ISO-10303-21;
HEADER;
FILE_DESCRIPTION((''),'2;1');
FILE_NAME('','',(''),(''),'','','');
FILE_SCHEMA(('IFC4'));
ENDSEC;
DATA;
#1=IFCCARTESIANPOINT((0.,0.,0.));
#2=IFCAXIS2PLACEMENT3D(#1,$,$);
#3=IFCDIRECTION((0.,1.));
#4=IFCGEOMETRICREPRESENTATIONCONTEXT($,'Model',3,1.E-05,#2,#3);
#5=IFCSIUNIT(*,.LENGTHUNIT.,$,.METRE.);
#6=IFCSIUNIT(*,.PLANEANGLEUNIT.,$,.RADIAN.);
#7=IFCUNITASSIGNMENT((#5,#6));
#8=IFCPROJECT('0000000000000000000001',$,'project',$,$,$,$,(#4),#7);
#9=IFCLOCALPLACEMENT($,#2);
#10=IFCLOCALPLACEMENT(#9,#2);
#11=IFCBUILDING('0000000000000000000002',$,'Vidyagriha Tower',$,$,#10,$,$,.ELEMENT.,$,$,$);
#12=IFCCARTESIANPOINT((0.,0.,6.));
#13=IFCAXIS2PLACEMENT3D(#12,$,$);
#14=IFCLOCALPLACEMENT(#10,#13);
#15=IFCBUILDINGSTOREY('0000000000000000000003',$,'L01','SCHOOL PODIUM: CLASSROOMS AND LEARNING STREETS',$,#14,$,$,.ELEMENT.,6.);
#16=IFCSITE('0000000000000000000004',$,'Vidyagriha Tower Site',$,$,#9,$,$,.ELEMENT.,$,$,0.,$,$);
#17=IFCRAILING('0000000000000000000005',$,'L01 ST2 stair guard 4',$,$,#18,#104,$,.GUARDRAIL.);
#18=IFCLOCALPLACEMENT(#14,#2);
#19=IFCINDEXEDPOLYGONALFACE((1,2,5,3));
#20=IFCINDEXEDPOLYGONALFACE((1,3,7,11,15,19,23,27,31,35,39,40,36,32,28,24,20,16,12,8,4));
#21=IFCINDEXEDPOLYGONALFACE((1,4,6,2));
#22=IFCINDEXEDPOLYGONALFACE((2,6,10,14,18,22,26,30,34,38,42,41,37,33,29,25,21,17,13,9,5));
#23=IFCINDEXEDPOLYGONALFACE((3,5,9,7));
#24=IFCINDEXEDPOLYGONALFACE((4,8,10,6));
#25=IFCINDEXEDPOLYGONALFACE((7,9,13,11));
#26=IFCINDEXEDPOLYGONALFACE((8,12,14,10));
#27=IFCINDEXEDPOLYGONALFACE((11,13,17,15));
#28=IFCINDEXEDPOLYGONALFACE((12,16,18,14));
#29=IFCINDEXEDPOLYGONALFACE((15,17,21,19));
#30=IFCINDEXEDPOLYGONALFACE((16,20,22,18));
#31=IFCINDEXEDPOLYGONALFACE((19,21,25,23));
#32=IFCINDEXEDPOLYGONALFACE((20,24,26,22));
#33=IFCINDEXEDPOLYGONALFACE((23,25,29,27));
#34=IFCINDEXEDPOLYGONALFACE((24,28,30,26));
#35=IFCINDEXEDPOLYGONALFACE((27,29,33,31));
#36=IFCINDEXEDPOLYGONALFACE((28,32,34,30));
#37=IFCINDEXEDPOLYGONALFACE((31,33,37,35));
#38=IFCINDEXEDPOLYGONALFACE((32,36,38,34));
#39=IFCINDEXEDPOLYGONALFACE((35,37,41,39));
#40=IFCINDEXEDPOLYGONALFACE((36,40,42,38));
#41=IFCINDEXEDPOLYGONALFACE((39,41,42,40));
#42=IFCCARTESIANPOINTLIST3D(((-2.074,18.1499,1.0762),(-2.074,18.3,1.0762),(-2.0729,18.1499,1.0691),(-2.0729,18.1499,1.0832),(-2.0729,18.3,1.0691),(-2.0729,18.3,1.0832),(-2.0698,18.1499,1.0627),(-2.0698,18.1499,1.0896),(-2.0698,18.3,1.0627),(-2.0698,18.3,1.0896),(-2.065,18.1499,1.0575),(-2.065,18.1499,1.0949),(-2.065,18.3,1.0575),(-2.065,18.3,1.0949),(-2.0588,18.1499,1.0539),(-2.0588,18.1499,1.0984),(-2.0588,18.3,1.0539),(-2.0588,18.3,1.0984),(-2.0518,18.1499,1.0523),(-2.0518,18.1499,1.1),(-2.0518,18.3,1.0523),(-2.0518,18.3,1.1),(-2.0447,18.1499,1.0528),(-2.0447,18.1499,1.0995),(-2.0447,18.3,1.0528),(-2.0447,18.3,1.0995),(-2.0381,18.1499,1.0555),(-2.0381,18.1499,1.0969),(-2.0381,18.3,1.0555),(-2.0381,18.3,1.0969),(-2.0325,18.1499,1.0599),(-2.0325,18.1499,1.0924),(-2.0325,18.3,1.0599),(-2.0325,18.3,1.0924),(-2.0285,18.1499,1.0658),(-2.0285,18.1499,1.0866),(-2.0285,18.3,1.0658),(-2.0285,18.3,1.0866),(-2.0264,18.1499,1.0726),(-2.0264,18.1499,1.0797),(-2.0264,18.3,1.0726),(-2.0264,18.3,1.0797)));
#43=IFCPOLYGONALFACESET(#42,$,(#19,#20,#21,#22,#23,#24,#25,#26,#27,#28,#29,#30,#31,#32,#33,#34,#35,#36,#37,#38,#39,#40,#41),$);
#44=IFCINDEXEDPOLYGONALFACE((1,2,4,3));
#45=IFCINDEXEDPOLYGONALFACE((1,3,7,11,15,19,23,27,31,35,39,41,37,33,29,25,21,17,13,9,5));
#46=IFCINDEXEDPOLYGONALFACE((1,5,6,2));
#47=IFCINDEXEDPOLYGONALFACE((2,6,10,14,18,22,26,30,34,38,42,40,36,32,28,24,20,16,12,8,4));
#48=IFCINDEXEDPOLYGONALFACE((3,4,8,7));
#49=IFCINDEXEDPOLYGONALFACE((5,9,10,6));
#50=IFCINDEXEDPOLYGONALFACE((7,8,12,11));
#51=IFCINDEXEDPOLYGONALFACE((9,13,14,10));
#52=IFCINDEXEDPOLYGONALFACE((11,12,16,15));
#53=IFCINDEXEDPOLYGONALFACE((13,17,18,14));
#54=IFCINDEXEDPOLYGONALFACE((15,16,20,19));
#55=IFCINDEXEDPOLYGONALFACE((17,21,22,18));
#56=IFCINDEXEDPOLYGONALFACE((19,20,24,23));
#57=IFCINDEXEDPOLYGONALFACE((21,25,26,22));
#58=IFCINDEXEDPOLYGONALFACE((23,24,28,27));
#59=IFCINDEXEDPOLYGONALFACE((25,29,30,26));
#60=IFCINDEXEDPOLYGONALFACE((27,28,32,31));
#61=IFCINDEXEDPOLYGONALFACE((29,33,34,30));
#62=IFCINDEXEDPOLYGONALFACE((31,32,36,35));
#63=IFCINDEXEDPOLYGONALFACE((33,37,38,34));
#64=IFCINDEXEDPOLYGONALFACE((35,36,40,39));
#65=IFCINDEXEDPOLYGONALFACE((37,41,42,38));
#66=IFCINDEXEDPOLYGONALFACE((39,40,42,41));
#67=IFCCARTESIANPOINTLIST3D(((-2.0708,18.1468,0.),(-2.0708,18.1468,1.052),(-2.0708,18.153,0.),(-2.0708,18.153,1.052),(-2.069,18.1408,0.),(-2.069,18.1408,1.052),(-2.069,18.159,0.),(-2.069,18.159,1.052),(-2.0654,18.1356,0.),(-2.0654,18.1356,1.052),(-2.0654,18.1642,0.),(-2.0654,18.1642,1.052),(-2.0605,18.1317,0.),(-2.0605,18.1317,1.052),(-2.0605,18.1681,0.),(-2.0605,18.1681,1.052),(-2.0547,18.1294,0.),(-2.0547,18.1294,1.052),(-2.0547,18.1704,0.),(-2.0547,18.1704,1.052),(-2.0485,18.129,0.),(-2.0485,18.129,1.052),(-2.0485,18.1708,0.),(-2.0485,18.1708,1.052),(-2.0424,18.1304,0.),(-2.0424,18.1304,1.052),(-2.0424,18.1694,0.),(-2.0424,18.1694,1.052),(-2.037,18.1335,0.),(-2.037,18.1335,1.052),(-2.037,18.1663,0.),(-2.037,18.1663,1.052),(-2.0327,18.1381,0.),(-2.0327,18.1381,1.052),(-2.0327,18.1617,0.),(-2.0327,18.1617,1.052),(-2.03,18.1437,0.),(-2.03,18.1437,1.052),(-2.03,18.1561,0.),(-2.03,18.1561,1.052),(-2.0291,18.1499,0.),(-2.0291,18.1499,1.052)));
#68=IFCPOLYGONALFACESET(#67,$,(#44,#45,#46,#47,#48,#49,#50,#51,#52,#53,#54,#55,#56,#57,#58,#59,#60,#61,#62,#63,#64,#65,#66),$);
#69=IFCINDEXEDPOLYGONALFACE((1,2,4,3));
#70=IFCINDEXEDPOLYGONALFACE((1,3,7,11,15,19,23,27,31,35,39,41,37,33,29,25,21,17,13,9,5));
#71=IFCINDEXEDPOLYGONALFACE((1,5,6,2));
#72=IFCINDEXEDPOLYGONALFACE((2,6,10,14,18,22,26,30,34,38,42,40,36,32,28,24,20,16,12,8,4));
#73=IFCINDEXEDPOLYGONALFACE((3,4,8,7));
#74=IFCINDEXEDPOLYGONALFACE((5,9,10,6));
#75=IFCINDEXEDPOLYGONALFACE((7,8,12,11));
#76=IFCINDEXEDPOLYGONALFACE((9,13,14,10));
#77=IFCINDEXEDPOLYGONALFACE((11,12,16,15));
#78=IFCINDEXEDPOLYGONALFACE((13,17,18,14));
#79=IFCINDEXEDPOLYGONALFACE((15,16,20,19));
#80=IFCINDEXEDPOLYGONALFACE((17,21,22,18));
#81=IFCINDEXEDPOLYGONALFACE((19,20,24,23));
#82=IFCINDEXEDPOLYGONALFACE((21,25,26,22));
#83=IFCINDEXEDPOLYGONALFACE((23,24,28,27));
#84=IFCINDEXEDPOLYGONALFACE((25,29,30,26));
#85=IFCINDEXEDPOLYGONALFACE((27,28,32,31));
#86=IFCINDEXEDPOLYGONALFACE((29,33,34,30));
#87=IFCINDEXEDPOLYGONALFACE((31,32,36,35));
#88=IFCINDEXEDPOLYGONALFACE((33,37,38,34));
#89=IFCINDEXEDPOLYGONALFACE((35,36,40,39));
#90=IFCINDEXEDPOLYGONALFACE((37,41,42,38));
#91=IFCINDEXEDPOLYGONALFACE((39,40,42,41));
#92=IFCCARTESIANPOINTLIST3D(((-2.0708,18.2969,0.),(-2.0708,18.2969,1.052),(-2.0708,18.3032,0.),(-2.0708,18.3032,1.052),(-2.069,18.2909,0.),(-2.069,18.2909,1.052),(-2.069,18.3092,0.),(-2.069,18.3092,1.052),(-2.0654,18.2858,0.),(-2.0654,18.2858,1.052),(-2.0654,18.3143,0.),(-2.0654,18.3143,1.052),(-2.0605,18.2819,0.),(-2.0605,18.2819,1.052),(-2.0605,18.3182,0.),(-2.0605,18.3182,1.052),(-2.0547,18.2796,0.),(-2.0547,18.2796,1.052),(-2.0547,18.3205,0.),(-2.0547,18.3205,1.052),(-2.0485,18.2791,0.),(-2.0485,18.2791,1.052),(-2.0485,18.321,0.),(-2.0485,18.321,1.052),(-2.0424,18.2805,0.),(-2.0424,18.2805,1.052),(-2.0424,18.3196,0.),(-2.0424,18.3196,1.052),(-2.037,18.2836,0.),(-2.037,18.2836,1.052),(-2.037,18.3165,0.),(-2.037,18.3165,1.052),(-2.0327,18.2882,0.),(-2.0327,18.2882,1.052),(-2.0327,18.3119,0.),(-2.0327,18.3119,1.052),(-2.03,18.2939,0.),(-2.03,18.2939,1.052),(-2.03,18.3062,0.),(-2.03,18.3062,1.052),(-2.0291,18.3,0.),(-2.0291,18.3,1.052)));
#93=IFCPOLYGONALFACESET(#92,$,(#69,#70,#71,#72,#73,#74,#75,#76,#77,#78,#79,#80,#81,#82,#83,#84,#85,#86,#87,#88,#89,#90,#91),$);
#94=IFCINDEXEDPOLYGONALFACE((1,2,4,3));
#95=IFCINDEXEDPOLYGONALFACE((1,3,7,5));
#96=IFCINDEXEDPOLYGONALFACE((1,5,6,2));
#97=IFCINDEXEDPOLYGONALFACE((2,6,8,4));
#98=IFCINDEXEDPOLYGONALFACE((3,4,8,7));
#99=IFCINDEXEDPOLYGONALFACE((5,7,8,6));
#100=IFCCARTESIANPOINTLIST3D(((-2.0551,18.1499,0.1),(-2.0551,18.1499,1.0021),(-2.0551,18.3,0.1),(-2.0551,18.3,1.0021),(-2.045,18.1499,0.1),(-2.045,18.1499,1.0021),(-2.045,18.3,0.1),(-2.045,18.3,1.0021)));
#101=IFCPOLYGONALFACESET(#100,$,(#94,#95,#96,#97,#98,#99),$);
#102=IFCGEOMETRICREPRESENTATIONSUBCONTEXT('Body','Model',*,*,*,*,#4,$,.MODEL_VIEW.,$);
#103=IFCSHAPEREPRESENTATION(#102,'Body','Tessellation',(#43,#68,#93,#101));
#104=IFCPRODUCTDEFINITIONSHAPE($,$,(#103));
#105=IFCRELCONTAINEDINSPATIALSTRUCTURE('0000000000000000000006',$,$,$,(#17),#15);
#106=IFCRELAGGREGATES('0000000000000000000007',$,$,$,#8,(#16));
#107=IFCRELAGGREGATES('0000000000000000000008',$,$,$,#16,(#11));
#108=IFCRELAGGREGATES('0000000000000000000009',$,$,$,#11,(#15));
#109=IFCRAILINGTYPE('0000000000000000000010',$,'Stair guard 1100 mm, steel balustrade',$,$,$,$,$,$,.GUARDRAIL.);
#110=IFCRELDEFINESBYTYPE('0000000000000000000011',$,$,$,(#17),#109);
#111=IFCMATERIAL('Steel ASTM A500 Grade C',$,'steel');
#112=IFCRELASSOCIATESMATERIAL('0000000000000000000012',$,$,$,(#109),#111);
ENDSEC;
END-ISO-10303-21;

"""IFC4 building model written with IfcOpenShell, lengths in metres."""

from ifc_helpers import new_model, si_unit, direction, frame, origin, origin_2d, place, context, subcontext, project, spatial, rectangle, circle, extrude, material, type_object, element, save


model = new_model("IFC4")

# Units and contexts
model_context = context("Model", 3, precision=1e-05, world=origin(), true_north=direction((0.0, 1.0)))
body_context = subcontext(model_context, "Body", "Model", "MODEL_VIEW")
ifc_project = project(units=[si_unit("LENGTHUNIT", "METRE"), si_unit("PLANEANGLEUNIT", "RADIAN")], contexts=[model_context])

# Site, building, storey
site_placement = place(None, origin())
site = spatial("IfcSite", under=ifc_project, at=site_placement, Name="Vidyagriha Tower Site", CompositionType="ELEMENT", RefElevation=0.0)
building_placement = place(site_placement, origin())
building = spatial("IfcBuilding", under=site, at=building_placement, Name="Vidyagriha Tower", CompositionType="ELEMENT")
storey_placement = place(building_placement, frame((0.0, 0.0, 6.0)))
storey = spatial("IfcBuildingStorey", under=building, at=storey_placement, Name="L01", Description="SCHOOL PODIUM: CLASSROOMS AND LEARNING STREETS", CompositionType="ELEMENT", Elevation=6.0)

# Railing
ifc_material_1 = material(Name="Steel ASTM A500 Grade C", Category="steel")
railing_type_1 = type_object("IfcRailingType", Name="Stair guard 1100 mm, steel balustrade", PredefinedType="GUARDRAIL", material=ifc_material_1)
railing_1_placement = place(storey_placement, frame((-2.05, 18.1499, 0.0)))
element("IfcRailing", 1, at=railing_1_placement, inside=storey, type_object=railing_type_1, Name="L01 ST2 stair guard 4", PredefinedType="GUARDRAIL", context=body_context, shape_type="SweptSolid", body=[
    extrude(circle(Radius=0.0239, at=origin_2d()), frame((0.0, 0.0, 1.0762), z_axis=(0.0, 1.0, 0.0), x_axis=(-1.0, 0.0, 0.0)), (0.0, 0.0, 1.0), 0.1501),
    extrude(circle(Radius=0.021, at=origin_2d()), origin(), (0.0, 0.0, 1.0), 1.052),
    extrude(circle(Radius=0.021, at=origin_2d()), frame((0.0, 0.1501, 0.0)), (0.0, 0.0, 1.0), 1.052),
    extrude(rectangle(XDim=0.01, YDim=0.9021, at=origin_2d()), frame((0.0, 0.0, 0.551), z_axis=(0.0, 1.0, 0.0), x_axis=(-1.0, 0.0, 0.0)), (0.0, 0.0, 1.0), 0.1501),
])

save(model, "model.ifc")
